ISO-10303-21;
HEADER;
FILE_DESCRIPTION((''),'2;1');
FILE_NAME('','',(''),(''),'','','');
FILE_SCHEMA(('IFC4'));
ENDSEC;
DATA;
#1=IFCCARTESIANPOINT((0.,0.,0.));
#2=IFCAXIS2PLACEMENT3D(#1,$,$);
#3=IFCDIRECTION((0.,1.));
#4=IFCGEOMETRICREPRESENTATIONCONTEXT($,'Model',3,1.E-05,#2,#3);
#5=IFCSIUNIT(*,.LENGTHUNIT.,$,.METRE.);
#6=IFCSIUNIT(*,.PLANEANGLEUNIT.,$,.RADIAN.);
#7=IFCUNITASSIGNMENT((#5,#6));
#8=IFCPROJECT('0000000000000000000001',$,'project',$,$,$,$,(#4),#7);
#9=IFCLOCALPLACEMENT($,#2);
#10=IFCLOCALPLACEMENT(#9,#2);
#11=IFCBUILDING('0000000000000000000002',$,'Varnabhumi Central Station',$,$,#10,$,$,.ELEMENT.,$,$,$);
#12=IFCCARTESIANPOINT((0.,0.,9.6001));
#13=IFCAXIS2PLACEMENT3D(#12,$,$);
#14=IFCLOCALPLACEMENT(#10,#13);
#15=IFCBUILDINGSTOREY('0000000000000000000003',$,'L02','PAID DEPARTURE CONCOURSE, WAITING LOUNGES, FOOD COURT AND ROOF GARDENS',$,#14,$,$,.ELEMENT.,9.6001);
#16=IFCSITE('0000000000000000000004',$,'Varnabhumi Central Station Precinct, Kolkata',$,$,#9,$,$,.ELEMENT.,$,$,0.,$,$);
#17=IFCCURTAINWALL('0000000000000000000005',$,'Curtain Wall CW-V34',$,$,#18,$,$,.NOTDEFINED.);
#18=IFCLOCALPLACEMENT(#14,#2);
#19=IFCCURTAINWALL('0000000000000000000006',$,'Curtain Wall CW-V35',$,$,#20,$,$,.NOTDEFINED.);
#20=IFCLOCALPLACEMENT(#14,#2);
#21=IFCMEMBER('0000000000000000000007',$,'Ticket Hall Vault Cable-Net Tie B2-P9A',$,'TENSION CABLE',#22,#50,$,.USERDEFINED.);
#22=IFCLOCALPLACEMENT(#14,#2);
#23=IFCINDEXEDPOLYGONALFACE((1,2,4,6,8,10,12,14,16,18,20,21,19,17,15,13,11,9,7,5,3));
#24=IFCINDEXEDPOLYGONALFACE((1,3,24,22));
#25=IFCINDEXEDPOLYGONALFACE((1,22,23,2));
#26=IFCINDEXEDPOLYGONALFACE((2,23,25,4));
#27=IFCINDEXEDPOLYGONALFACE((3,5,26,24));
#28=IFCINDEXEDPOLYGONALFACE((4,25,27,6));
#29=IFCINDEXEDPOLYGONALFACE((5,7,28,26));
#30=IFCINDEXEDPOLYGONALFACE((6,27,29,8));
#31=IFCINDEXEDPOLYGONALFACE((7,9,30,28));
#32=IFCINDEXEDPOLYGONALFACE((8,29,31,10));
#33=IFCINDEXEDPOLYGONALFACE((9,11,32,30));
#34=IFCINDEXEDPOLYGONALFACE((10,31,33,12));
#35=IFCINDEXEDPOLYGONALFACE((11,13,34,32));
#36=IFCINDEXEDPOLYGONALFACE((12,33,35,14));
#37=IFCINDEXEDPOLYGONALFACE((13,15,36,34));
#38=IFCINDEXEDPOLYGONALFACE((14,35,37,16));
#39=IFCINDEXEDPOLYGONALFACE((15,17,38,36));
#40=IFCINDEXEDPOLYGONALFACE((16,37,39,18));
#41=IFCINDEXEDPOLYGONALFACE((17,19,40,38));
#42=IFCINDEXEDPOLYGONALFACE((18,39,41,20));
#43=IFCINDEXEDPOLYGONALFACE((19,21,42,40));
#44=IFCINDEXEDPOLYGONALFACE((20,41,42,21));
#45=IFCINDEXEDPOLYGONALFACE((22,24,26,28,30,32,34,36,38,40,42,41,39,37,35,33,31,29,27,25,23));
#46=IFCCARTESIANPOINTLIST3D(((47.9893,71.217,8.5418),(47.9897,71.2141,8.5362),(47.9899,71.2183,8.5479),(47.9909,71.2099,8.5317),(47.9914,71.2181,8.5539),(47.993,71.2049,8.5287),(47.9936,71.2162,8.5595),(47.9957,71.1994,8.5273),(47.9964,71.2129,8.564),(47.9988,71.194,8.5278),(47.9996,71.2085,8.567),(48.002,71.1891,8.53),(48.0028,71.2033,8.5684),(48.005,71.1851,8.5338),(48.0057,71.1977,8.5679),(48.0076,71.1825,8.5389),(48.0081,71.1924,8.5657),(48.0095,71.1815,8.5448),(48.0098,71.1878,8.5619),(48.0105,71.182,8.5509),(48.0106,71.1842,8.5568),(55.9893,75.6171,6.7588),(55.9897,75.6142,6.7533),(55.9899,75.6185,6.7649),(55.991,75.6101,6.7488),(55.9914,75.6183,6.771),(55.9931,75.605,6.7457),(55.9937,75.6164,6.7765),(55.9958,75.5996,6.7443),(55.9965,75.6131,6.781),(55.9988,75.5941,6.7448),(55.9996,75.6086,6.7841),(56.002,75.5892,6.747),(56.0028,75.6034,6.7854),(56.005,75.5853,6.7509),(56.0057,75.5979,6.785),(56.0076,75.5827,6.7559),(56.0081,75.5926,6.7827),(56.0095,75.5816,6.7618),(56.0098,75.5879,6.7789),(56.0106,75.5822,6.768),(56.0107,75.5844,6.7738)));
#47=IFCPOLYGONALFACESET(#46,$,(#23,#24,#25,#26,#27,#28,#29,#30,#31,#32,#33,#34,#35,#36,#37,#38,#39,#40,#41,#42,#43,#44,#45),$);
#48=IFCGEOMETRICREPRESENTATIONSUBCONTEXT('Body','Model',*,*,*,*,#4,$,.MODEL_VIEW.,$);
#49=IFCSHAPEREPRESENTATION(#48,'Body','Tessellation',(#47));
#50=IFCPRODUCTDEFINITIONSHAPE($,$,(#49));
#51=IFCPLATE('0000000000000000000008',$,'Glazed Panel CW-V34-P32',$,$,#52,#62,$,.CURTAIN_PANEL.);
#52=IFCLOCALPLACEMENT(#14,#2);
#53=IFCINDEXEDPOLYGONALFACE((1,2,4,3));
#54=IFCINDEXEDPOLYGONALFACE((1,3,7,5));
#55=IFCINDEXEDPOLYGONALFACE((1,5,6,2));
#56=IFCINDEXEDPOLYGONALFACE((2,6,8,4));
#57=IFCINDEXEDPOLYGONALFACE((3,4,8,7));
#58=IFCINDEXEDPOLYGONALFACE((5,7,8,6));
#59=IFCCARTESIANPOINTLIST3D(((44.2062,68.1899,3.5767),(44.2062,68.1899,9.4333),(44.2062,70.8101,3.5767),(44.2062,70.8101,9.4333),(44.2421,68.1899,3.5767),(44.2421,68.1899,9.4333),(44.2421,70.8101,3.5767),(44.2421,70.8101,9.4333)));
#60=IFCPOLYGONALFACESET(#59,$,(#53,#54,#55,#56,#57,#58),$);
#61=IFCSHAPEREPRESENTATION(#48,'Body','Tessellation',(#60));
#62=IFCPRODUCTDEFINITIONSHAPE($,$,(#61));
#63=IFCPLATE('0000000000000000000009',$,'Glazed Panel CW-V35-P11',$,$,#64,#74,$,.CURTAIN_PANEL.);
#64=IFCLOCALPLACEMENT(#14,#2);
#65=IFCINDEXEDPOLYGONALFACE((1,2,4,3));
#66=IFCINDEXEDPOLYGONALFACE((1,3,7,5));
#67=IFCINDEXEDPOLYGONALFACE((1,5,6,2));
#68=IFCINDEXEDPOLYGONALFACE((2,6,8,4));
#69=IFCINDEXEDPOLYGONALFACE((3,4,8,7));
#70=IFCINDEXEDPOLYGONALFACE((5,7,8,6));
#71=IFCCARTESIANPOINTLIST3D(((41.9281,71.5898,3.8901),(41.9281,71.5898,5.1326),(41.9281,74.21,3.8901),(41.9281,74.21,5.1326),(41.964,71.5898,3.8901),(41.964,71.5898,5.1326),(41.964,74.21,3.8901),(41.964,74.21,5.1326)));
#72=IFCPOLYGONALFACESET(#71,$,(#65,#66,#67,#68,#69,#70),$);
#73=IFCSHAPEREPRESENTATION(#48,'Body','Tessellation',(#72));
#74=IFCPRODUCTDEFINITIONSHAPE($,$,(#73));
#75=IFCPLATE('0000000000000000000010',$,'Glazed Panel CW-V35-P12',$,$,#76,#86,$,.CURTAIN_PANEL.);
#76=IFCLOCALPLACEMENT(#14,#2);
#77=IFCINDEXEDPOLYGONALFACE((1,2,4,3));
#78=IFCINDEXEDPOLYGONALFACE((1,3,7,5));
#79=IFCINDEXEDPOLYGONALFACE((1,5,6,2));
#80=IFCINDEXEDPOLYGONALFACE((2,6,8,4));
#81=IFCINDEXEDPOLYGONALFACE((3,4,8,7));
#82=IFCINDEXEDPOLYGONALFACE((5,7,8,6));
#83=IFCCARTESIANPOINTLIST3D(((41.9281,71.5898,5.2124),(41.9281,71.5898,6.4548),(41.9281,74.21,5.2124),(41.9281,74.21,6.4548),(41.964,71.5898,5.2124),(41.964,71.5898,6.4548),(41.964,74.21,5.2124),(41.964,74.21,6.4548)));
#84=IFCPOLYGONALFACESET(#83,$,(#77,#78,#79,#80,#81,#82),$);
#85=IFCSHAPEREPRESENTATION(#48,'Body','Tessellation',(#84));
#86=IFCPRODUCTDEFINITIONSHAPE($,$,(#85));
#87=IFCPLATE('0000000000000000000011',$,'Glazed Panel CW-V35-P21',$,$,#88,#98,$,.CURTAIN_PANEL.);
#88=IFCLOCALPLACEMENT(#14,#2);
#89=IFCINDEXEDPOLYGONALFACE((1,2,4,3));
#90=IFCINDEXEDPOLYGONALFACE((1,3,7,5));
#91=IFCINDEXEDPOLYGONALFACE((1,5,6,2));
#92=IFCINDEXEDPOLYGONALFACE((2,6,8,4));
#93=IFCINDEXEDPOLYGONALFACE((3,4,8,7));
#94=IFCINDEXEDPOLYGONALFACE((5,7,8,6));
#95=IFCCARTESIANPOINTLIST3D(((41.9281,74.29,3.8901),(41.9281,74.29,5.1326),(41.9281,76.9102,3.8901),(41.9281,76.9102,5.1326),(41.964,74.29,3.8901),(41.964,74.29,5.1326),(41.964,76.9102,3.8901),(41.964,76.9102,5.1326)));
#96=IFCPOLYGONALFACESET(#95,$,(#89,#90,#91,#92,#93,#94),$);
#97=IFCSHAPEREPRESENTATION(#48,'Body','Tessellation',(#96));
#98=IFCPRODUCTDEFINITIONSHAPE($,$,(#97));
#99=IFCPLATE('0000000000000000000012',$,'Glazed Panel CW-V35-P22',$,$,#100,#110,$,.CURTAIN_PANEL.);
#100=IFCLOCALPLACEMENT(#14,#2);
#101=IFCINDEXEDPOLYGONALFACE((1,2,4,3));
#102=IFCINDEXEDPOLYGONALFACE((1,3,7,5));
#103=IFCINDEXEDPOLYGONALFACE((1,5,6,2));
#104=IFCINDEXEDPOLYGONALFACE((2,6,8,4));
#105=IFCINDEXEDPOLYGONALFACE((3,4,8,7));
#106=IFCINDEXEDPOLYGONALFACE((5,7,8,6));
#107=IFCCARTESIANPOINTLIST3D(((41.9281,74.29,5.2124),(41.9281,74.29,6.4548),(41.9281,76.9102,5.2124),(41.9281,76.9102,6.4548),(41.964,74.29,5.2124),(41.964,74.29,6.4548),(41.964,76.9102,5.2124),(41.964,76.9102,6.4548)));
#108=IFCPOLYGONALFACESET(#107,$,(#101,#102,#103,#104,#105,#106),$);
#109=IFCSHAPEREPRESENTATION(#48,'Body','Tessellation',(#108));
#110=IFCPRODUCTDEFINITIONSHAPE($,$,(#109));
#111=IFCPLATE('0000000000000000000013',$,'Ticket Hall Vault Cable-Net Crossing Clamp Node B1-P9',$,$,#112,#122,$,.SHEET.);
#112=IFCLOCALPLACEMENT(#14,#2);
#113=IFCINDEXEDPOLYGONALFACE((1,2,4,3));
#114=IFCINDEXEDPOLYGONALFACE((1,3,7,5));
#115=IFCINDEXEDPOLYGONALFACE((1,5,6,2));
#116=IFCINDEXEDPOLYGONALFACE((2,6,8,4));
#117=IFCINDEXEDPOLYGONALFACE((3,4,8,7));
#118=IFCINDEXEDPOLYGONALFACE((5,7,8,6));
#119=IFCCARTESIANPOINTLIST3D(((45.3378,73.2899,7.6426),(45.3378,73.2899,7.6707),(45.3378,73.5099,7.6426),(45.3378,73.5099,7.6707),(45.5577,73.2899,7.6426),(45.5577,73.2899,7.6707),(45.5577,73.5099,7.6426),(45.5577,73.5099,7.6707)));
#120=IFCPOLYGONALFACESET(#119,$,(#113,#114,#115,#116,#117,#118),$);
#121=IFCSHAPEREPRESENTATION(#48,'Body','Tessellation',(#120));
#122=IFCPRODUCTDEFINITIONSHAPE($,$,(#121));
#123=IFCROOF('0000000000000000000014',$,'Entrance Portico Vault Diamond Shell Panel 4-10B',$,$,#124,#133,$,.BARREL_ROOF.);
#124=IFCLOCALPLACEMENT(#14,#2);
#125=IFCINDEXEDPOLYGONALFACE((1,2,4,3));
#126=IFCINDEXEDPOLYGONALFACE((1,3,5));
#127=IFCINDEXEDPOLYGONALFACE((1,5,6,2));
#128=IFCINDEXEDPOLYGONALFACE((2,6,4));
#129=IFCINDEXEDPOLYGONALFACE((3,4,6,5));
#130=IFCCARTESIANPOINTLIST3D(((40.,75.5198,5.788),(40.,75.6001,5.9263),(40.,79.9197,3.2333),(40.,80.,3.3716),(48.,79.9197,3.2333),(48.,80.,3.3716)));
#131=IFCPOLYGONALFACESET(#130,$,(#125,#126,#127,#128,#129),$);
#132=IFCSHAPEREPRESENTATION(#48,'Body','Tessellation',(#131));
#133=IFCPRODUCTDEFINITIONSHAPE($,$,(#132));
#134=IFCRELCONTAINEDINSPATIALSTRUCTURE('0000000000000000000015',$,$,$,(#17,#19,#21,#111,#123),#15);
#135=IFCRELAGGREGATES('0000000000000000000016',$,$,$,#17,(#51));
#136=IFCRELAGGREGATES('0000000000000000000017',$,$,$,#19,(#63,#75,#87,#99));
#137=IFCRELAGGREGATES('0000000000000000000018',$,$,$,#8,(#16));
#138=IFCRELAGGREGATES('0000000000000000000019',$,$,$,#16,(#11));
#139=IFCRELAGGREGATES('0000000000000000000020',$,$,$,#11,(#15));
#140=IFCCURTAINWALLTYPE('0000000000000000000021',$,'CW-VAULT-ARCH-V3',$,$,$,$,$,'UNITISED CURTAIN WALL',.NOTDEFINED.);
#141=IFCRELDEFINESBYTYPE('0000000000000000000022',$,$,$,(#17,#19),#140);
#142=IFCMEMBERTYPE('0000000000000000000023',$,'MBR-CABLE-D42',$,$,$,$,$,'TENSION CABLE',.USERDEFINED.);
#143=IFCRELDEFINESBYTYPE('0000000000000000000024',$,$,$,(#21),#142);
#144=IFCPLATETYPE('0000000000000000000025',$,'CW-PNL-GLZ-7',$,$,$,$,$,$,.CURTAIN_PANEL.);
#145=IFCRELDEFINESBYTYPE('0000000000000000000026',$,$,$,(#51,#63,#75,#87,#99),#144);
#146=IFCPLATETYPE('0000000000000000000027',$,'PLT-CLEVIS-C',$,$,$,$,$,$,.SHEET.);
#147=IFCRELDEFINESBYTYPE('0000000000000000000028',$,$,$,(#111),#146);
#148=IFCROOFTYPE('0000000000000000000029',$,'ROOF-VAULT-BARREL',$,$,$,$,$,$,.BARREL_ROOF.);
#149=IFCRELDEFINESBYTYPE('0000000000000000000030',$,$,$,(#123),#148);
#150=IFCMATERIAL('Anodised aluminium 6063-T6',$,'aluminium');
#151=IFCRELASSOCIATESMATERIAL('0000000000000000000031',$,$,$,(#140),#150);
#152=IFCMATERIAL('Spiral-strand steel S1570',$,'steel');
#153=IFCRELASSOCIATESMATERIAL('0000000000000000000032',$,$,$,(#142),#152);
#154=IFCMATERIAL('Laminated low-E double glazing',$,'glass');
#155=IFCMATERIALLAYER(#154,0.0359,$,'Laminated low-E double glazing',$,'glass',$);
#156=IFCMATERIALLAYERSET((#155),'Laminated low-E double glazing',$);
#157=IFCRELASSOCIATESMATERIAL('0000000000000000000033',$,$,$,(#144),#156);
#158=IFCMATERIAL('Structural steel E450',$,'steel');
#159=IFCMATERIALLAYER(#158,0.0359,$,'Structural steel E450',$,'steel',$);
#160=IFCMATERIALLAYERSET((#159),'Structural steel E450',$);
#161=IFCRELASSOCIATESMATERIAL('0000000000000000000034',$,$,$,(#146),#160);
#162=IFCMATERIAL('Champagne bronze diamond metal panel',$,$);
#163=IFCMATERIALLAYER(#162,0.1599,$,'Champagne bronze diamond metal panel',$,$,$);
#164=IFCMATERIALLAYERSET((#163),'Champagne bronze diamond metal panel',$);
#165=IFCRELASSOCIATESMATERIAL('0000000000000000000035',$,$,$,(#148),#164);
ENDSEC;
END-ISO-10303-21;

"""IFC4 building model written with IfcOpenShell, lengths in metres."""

from ifc_helpers import new_model, si_unit, direction, frame, origin, origin_2d, place, context, subcontext, project, spatial, polyline, rectangle, circle, outline, extrude, material, layer, layer_set, material_profile, profile_set, type_object, element, aggregate, save


model = new_model("IFC4")

# Units and contexts
model_context = context("Model", 3, precision=1e-05, world=origin(), true_north=direction((0.0, 1.0)))
body_context = subcontext(model_context, "Body", "Model", "MODEL_VIEW")
ifc_project = project(units=[si_unit("LENGTHUNIT", "METRE"), si_unit("PLANEANGLEUNIT", "RADIAN")], contexts=[model_context])

# Site, building, storey
site_placement = place(None, origin())
site = spatial("IfcSite", under=ifc_project, at=site_placement, Name="Varnabhumi Central Station Precinct, Kolkata", CompositionType="ELEMENT", RefElevation=0.0)
building_placement = place(site_placement, origin())
building = spatial("IfcBuilding", under=site, at=building_placement, Name="Varnabhumi Central Station", CompositionType="ELEMENT")
storey_placement = place(building_placement, frame((0.0, 0.0, 9.6001)))
storey = spatial("IfcBuildingStorey", under=building, at=storey_placement, Name="L02", Description="PAID DEPARTURE CONCOURSE, WAITING LOUNGES, FOOD COURT AND ROOF GARDENS", CompositionType="ELEMENT", Elevation=9.6001)

# Shared definitions
ifc_material_1 = material(Name="Structural steel E450", Category="steel")

# Curtain wall
ifc_material_2 = material(Name="Anodised aluminium 6063-T6", Category="aluminium")
curtain_wall_type = type_object("IfcCurtainWallType", Name="CW-VAULT-ARCH-V3", ElementType="UNITISED CURTAIN WALL", PredefinedType="NOTDEFINED", material=ifc_material_2)
curtain_wall_1_placement = place(storey_placement, origin())
curtain_wall_1 = element("IfcCurtainWall", 1, at=curtain_wall_1_placement, inside=storey, type_object=curtain_wall_type, Name="Curtain Wall CW-V34", PredefinedType="NOTDEFINED")

# Curtain wall
curtain_wall_2_placement = place(storey_placement, origin())
curtain_wall_2 = element("IfcCurtainWall", 2, at=curtain_wall_2_placement, inside=storey, type_object=curtain_wall_type, Name="Curtain Wall CW-V35", PredefinedType="NOTDEFINED")

# Member
ifc_material_3 = material(Name="Spiral-strand steel S1570", Category="steel")
ifc_material_profile_1 = material_profile(ifc_material_3, circle(Radius=0.021, at=origin_2d()), Name="Spiral-strand steel S1570", Category="steel")
ifc_profile_set_1 = profile_set([ifc_material_profile_1], Name="Spiral-strand steel S1570")
member_type_1 = type_object("IfcMemberType", Name="MBR-CABLE-D42", ElementType="TENSION CABLE", PredefinedType="USERDEFINED", material=ifc_profile_set_1)
member_1_placement = place(storey_placement, frame((48.0, 71.2, 8.5479), z_axis=(0.859965, 0.472997, -0.19166), x_axis=(-0.481931, 0.876209, 0.0)))
element("IfcMember", 3, at=member_1_placement, inside=storey, type_object=member_type_1, Name="Ticket Hall Vault Cable-Net Tie B2-P9A", ObjectType="TENSION CABLE", PredefinedType="USERDEFINED", context=body_context, shape_type="SweptSolid", body=[
    extrude(circle(Radius=0.021, at=origin_2d()), origin(), (0.0, 0.0, 1.0), 9.3027),
])

# Plates
ifc_material_4 = material(Name="Laminated low-E double glazing", Category="glass")
ifc_layer_1 = layer(ifc_material_4, 0.0359, Name="Laminated low-E double glazing", Category="glass")
ifc_layer_set_1 = layer_set([ifc_layer_1], Name="Laminated low-E double glazing")
plate_type_1 = type_object("IfcPlateType", Name="CW-PNL-GLZ-7", PredefinedType="CURTAIN_PANEL", material=ifc_layer_set_1)
plate_1_placement = place(storey_placement, frame((44.2241, 69.5, 3.5767), z_axis=(0.0, 0.0, 1.0), x_axis=(0.0, 1.0, 0.0)))
plate_1 = element("IfcPlate", 4, at=plate_1_placement, type_object=plate_type_1, Name="Glazed Panel CW-V34-P32", PredefinedType="CURTAIN_PANEL", context=body_context, shape_type="SweptSolid", body=[
    extrude(rectangle(XDim=2.6201, YDim=0.0359, at=origin_2d()), origin(), (0.0, 0.0, 1.0), 5.8567),
])
aggregate(curtain_wall_1, [plate_1])
plate_2_placement = place(storey_placement, frame((41.946, 72.8999, 3.8901), z_axis=(0.0, 0.0, 1.0), x_axis=(0.0, 1.0, 0.0)))
plate_2 = element("IfcPlate", 5, at=plate_2_placement, type_object=plate_type_1, Name="Glazed Panel CW-V35-P11", PredefinedType="CURTAIN_PANEL", context=body_context, shape_type="SweptSolid", body=[
    extrude(rectangle(XDim=2.6201, YDim=0.0359, at=origin_2d()), origin(), (0.0, 0.0, 1.0), 1.2424),
])
plate_3_placement = place(storey_placement, frame((41.946, 72.8999, 5.2124), z_axis=(0.0, 0.0, 1.0), x_axis=(0.0, 1.0, 0.0)))
plate_3 = element("IfcPlate", 6, at=plate_3_placement, type_object=plate_type_1, Name="Glazed Panel CW-V35-P12", PredefinedType="CURTAIN_PANEL", context=body_context, shape_type="SweptSolid", body=[
    extrude(rectangle(XDim=2.6201, YDim=0.0359, at=origin_2d()), origin(), (0.0, 0.0, 1.0), 1.2424),
])
plate_4_placement = place(storey_placement, frame((41.946, 75.6001, 3.8901), z_axis=(0.0, 0.0, 1.0), x_axis=(0.0, 1.0, 0.0)))
plate_4 = element("IfcPlate", 7, at=plate_4_placement, type_object=plate_type_1, Name="Glazed Panel CW-V35-P21", PredefinedType="CURTAIN_PANEL", context=body_context, shape_type="SweptSolid", body=[
    extrude(rectangle(XDim=2.6201, YDim=0.0359, at=origin_2d()), origin(), (0.0, 0.0, 1.0), 1.2424),
])
plate_5_placement = place(storey_placement, frame((41.946, 75.6001, 5.2124), z_axis=(0.0, 0.0, 1.0), x_axis=(0.0, 1.0, 0.0)))
plate_5 = element("IfcPlate", 8, at=plate_5_placement, type_object=plate_type_1, Name="Glazed Panel CW-V35-P22", PredefinedType="CURTAIN_PANEL", context=body_context, shape_type="SweptSolid", body=[
    extrude(rectangle(XDim=2.6201, YDim=0.0359, at=origin_2d()), origin(), (0.0, 0.0, 1.0), 1.2424),
])
aggregate(curtain_wall_2, [plate_2, plate_3, plate_4, plate_5])
ifc_layer_2 = layer(ifc_material_1, 0.0359, Name="Structural steel E450", Category="steel")
ifc_layer_set_2 = layer_set([ifc_layer_2], Name="Structural steel E450")
plate_type_2 = type_object("IfcPlateType", Name="PLT-CLEVIS-C", PredefinedType="SHEET", material=ifc_layer_set_2)
plate_6_placement = place(storey_placement, frame((45.4478, 73.3999, 7.6426), z_axis=(0.0, 0.0, 1.0), x_axis=(1.0, 0.0, 0.0)))
element("IfcPlate", 9, at=plate_6_placement, inside=storey, type_object=plate_type_2, Name="Ticket Hall Vault Cable-Net Crossing Clamp Node B1-P9", PredefinedType="SHEET", context=body_context, shape_type="SweptSolid", body=[
    extrude(rectangle(XDim=0.22, YDim=0.22, at=origin_2d()), origin(), (0.0, 0.0, 1.0), 0.0281),
])

# Roof
ifc_material_5 = material(Name="Champagne bronze diamond metal panel")
ifc_layer_3 = layer(ifc_material_5, 0.1599, Name="Champagne bronze diamond metal panel")
ifc_layer_set_3 = layer_set([ifc_layer_3], Name="Champagne bronze diamond metal panel")
roof_type = type_object("IfcRoofType", Name="ROOF-VAULT-BARREL", PredefinedType="BARREL_ROOF", material=ifc_layer_set_3)
roof_placement = place(storey_placement, frame((40.0, 75.6001, 5.9263), z_axis=(0.0, 0.502122, 0.864797), x_axis=(0.843811, 0.464086, -0.269459)))
element("IfcRoof", 10, at=roof_placement, inside=storey, type_object=roof_type, Name="Entrance Portico Vault Diamond Shell Panel 4-10B", PredefinedType="BARREL_ROOF", context=body_context, shape_type="SweptSolid", body=[
    extrude(outline(polyline([(0.0, 0.0), (9.4808, 0.0), (2.7303, 4.2931), (0.0, 0.0)])), origin(), (0.0, 0.0, -1.0), 0.1599),
])

save(model, "model.ifc")
